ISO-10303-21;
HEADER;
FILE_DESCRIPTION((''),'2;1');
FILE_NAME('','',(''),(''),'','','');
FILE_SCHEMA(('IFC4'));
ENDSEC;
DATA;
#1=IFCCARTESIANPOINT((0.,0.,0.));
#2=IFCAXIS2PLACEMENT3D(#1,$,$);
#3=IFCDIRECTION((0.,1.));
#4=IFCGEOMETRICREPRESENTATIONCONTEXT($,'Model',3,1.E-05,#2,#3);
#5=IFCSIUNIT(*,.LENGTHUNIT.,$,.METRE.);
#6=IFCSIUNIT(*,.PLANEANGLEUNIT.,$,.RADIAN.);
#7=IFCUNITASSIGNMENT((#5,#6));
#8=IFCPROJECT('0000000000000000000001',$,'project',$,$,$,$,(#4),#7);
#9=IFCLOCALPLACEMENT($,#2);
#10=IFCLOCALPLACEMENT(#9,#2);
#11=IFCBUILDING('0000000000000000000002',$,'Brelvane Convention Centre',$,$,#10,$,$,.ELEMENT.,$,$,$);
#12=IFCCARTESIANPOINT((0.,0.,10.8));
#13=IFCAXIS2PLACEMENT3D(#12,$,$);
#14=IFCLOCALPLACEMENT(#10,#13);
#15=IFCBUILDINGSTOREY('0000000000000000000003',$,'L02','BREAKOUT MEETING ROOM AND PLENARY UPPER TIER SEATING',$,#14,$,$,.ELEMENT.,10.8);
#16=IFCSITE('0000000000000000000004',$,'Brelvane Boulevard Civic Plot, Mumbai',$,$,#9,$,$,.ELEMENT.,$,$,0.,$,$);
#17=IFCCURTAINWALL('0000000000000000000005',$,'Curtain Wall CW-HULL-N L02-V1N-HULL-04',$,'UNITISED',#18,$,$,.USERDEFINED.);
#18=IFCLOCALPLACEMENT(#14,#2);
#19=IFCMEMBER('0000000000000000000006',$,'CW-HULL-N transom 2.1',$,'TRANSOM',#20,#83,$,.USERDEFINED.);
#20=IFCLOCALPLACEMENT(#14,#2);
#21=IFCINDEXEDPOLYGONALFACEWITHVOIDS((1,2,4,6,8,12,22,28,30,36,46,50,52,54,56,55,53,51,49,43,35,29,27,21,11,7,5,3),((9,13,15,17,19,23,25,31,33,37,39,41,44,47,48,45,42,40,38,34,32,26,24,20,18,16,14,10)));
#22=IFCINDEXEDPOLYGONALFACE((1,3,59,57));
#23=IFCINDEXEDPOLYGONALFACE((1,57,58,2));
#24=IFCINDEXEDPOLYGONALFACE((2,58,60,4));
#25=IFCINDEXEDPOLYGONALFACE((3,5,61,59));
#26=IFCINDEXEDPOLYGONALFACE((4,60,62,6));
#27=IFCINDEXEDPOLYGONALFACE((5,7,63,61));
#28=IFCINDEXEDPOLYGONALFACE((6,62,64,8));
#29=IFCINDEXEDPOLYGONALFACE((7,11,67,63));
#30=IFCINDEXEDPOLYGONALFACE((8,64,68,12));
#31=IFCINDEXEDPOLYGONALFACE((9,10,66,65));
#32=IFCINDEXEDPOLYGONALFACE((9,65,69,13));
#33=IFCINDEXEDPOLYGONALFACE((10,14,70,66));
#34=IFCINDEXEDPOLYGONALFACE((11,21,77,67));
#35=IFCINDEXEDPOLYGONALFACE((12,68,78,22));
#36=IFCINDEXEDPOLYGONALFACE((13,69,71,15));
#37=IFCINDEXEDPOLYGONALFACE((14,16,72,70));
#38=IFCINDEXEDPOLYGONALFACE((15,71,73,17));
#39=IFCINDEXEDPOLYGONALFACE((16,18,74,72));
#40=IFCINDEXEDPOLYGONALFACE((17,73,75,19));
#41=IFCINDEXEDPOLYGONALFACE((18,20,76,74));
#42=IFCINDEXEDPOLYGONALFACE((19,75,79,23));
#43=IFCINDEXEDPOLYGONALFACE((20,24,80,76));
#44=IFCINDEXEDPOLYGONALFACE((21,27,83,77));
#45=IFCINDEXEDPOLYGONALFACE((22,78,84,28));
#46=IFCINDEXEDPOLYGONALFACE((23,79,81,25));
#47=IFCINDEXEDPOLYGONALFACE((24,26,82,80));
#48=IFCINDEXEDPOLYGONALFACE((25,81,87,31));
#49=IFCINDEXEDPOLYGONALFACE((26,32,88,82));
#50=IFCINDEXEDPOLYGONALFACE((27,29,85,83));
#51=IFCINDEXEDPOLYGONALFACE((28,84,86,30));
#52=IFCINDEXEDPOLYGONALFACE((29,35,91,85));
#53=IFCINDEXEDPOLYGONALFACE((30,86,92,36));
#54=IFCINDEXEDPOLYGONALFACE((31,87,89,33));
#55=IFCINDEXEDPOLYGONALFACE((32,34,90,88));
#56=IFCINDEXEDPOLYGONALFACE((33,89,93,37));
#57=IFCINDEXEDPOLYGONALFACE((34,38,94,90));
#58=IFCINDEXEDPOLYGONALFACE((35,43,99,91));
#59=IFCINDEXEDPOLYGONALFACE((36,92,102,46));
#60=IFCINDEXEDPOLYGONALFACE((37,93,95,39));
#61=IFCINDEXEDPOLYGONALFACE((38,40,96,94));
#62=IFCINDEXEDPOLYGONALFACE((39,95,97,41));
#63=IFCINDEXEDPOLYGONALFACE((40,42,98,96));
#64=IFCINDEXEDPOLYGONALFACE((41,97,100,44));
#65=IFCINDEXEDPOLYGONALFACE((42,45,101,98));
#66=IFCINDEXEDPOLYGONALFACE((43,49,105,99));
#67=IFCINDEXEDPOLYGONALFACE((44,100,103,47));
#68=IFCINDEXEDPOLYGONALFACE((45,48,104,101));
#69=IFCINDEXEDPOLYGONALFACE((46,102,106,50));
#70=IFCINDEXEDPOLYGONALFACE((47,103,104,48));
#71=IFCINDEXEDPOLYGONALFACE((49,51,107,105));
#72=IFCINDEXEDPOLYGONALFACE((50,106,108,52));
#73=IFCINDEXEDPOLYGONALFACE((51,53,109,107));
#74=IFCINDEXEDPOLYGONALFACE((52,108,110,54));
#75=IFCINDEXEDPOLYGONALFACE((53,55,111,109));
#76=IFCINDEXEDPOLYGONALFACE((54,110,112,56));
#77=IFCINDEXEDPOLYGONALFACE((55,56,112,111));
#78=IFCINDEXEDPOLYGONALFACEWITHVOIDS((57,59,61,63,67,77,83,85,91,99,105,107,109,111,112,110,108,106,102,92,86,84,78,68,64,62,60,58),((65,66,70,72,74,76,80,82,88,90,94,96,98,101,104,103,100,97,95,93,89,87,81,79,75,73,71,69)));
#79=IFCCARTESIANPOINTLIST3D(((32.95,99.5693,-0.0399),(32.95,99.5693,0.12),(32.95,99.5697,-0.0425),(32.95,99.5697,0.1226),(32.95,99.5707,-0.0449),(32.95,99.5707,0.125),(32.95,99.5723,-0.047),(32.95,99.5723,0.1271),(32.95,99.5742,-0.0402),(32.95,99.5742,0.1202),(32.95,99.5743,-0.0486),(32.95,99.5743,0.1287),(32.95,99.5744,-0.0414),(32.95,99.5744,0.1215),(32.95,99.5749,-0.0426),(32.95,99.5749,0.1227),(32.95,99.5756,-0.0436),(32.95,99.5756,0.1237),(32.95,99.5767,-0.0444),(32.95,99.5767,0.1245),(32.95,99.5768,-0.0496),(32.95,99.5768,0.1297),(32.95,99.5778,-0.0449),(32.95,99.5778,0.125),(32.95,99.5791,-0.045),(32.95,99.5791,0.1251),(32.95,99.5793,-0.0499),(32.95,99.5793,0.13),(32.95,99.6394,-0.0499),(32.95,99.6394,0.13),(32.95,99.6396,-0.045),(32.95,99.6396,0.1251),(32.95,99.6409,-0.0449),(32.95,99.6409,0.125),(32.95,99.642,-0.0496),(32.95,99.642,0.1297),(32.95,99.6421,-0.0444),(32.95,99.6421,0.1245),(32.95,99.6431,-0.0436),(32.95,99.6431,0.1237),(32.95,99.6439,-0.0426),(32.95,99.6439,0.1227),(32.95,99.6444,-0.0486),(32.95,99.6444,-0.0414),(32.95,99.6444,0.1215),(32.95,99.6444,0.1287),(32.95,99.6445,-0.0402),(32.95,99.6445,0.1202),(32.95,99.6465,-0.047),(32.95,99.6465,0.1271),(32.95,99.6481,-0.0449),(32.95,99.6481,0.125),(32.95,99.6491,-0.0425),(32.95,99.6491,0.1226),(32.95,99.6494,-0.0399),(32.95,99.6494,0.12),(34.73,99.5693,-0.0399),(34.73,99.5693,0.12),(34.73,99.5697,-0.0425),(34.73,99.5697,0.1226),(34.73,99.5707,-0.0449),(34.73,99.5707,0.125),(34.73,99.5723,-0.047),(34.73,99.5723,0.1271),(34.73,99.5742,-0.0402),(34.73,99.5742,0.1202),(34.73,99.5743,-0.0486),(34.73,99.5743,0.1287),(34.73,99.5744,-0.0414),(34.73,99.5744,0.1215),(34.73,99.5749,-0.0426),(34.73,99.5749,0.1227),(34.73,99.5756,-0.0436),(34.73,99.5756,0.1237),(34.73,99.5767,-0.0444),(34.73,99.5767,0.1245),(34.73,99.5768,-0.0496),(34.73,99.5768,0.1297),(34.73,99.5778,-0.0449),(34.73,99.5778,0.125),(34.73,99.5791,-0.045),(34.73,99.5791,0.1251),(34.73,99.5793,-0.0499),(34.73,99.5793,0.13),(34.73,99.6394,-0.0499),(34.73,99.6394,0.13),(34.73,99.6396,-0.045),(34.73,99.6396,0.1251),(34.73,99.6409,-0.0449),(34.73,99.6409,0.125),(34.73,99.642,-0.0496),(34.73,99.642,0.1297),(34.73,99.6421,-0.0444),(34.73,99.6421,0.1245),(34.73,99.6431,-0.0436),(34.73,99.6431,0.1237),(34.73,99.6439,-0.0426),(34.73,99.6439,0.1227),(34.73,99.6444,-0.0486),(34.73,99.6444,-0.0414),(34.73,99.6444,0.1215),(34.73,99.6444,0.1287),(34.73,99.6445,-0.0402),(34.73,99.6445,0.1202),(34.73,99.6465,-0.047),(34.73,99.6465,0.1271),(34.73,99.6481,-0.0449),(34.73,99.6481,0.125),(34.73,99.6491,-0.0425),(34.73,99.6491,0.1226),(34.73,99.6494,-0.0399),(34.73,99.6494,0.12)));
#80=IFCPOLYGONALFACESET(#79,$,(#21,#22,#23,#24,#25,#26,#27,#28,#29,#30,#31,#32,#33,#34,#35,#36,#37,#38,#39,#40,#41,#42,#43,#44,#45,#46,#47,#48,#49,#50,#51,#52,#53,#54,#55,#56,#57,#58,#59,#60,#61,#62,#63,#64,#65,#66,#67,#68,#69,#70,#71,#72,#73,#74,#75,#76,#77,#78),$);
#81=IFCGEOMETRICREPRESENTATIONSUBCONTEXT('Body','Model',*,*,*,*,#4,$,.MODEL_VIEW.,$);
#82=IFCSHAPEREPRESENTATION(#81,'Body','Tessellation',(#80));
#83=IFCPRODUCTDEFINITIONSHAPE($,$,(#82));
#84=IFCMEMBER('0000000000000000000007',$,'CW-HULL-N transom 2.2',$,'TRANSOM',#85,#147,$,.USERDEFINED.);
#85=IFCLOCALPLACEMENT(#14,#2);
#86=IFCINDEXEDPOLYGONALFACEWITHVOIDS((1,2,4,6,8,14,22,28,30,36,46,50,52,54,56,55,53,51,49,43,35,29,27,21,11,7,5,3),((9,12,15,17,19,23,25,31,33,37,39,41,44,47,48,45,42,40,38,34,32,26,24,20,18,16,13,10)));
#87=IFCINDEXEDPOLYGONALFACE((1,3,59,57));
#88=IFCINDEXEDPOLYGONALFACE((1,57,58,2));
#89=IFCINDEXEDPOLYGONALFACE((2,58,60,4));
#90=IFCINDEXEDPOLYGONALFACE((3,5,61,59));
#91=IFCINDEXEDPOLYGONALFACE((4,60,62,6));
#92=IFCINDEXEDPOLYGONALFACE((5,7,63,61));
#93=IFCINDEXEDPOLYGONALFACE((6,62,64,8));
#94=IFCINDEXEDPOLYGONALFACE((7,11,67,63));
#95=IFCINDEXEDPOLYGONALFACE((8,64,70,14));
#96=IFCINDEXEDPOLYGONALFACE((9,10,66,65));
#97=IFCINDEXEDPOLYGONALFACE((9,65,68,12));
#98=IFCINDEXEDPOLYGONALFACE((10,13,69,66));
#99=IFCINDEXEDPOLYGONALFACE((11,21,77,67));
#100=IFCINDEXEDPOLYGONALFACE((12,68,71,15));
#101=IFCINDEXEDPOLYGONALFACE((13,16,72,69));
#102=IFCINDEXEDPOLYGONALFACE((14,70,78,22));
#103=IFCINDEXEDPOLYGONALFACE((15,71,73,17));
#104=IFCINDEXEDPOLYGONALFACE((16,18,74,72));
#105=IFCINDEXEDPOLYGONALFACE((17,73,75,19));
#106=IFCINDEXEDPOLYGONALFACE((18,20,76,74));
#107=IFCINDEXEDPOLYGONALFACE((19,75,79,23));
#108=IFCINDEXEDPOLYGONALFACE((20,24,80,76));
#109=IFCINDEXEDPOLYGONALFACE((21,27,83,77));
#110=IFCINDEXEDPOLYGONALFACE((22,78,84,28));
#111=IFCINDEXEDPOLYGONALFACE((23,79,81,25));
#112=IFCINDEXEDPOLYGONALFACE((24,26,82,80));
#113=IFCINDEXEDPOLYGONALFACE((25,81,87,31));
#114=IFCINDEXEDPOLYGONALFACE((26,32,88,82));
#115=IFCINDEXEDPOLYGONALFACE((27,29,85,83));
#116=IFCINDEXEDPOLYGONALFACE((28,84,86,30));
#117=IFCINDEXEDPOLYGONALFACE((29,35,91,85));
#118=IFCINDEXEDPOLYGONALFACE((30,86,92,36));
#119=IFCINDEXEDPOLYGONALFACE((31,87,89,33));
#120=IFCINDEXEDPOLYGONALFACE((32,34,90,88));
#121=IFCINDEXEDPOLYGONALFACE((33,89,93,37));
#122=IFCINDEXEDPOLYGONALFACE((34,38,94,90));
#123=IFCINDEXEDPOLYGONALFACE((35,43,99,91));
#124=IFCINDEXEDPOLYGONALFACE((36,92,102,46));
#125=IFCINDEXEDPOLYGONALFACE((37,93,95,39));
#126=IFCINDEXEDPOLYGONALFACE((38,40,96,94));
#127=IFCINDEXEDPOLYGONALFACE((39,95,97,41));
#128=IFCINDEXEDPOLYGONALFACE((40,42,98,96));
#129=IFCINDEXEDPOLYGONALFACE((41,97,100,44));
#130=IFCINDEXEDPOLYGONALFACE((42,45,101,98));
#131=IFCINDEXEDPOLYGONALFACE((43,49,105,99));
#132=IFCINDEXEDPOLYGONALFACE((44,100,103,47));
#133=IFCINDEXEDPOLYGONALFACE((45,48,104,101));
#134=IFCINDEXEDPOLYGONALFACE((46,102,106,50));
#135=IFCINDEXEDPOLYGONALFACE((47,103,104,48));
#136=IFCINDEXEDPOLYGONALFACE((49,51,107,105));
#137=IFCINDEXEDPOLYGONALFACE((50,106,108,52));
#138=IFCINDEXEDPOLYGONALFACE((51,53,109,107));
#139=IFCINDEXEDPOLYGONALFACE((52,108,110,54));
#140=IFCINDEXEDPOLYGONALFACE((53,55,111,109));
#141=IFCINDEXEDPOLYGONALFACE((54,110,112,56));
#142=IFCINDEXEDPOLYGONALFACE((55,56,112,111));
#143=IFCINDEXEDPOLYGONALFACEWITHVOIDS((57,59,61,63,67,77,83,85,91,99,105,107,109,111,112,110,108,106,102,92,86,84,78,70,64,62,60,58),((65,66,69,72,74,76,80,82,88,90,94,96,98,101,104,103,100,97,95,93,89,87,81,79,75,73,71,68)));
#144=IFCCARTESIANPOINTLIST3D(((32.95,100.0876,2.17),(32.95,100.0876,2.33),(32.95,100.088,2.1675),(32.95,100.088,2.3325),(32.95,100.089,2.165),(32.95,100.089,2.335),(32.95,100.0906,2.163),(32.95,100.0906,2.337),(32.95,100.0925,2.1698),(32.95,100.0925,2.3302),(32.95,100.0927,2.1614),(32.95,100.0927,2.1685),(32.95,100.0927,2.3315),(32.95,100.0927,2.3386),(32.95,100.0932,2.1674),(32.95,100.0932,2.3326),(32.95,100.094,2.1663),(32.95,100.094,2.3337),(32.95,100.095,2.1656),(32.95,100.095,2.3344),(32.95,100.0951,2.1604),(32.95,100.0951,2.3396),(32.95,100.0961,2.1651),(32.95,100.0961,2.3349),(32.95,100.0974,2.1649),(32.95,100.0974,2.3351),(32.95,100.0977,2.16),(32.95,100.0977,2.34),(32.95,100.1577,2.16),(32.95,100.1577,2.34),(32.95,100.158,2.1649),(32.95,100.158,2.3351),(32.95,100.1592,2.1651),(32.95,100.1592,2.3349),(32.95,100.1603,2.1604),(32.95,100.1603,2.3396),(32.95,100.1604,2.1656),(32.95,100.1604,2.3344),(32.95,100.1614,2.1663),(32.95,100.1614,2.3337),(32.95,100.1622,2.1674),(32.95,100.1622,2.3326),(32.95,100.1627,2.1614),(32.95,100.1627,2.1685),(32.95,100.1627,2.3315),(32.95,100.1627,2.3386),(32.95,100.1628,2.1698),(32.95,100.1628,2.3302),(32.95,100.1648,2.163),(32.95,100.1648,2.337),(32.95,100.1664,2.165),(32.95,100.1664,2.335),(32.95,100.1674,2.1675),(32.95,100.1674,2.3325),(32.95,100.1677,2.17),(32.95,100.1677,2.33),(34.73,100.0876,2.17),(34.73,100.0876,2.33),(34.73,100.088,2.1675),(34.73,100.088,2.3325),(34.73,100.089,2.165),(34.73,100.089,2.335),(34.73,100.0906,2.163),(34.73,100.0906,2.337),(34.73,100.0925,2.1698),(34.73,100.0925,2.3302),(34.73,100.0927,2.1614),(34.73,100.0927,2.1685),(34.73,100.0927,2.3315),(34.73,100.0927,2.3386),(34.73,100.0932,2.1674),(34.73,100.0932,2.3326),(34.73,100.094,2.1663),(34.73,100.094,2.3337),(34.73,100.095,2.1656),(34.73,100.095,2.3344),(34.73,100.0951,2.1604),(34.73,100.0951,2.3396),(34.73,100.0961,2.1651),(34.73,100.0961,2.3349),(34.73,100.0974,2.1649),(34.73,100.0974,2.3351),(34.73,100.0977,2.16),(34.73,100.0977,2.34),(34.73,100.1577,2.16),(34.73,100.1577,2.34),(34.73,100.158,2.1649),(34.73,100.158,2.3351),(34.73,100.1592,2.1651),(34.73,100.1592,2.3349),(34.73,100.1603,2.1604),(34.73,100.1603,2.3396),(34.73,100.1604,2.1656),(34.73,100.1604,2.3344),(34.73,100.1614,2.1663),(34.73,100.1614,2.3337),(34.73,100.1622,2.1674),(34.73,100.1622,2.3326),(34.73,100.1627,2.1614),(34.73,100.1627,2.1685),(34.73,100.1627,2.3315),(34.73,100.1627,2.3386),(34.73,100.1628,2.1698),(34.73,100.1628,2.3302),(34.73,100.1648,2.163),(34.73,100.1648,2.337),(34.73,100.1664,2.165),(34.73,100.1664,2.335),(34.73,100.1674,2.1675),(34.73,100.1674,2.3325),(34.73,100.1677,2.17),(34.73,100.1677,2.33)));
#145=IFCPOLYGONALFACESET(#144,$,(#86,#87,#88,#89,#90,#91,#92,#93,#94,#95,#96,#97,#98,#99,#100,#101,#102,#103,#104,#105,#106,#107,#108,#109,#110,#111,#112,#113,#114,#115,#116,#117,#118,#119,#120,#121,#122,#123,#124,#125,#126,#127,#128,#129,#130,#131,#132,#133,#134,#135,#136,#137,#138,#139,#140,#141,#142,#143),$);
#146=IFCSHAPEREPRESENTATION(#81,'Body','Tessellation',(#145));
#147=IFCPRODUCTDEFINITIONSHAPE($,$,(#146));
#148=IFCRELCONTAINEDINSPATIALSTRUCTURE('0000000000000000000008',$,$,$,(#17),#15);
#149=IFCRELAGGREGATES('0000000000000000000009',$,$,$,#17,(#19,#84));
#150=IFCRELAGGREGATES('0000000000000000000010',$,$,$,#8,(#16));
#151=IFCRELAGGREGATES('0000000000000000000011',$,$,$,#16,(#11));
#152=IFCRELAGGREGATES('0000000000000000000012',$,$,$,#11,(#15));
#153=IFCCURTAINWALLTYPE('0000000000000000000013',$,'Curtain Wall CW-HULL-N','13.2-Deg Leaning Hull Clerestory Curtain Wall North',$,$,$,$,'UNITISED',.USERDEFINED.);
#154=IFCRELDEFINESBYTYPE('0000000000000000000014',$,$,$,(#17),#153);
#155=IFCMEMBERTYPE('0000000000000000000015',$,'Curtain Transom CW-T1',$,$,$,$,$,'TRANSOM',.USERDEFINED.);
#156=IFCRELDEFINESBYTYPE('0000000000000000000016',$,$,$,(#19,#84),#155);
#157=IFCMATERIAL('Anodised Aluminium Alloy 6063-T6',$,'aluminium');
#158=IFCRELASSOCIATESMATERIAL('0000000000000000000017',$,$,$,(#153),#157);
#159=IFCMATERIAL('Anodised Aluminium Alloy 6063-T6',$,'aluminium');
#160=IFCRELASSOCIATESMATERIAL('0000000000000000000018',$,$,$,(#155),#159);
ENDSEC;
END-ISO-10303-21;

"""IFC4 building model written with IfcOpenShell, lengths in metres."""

from ifc_helpers import new_model, si_unit, direction, frame, origin, origin_2d, place, context, subcontext, project, spatial, hollow_rectangle, extrude, material, material_profile, profile_set, type_object, element, aggregate, save


model = new_model("IFC4")

# Units and contexts
model_context = context("Model", 3, precision=1e-05, world=origin(), true_north=direction((0.0, 1.0)))
body_context = subcontext(model_context, "Body", "Model", "MODEL_VIEW")
ifc_project = project(units=[si_unit("LENGTHUNIT", "METRE"), si_unit("PLANEANGLEUNIT", "RADIAN")], contexts=[model_context])

# Site, building, storey
site_placement = place(None, origin())
site = spatial("IfcSite", under=ifc_project, at=site_placement, Name="Brelvane Boulevard Civic Plot, Mumbai", CompositionType="ELEMENT", RefElevation=0.0)
building_placement = place(site_placement, origin())
building = spatial("IfcBuilding", under=site, at=building_placement, Name="Brelvane Convention Centre", CompositionType="ELEMENT")
storey_placement = place(building_placement, frame((0.0, 0.0, 10.8)))
storey = spatial("IfcBuildingStorey", under=building, at=storey_placement, Name="L02", Description="BREAKOUT MEETING ROOM AND PLENARY UPPER TIER SEATING", CompositionType="ELEMENT", Elevation=10.8)

# Curtain wall, members
ifc_material_1 = material(Name="Anodised Aluminium Alloy 6063-T6", Category="aluminium")
curtain_wall_type = type_object("IfcCurtainWallType", Name="Curtain Wall CW-HULL-N", Description="13.2-Deg Leaning Hull Clerestory Curtain Wall North", ElementType="UNITISED", PredefinedType="USERDEFINED", material=ifc_material_1)
curtain_wall_placement = place(storey_placement, origin())
curtain_wall = element("IfcCurtainWall", 1, at=curtain_wall_placement, inside=storey, type_object=curtain_wall_type, Name="Curtain Wall CW-HULL-N L02-V1N-HULL-04", ObjectType="UNITISED", PredefinedType="USERDEFINED")
ifc_material_2 = material(Name="Anodised Aluminium Alloy 6063-T6", Category="aluminium")
ifc_material_profile_1 = material_profile(ifc_material_2, hollow_rectangle(XDim=0.0801, YDim=0.1799, WallThickness=0.0049, InnerFilletRadius=0.0049, OuterFilletRadius=0.01, at=origin_2d()), Name="ALU-T 180x80x5.0")
ifc_profile_set_1 = profile_set([ifc_material_profile_1], Name="Anodised Aluminium Alloy 6063-T6")
member_type_1 = type_object("IfcMemberType", Name="Curtain Transom CW-T1", ElementType="TRANSOM", PredefinedType="USERDEFINED", material=ifc_profile_set_1)
member_1_placement = place(storey_placement, frame((32.95, 99.6094, 0.04), z_axis=(1.0, 0.0, 0.0), x_axis=(0.0, 1.0, 0.0)))
member_1 = element("IfcMember", 2, at=member_1_placement, type_object=member_type_1, Name="CW-HULL-N transom 2.1", ObjectType="TRANSOM", PredefinedType="USERDEFINED", context=body_context, shape_type="SweptSolid", body=[
    extrude(hollow_rectangle(XDim=0.0801, YDim=0.1799, WallThickness=0.0049, InnerFilletRadius=0.0049, OuterFilletRadius=0.01, at=origin_2d()), origin(), (0.0, 0.0, 1.0), 1.78),
])
member_2_placement = place(storey_placement, frame((32.95, 100.1277, 2.25), z_axis=(1.0, 0.0, 0.0), x_axis=(0.0, 1.0, 0.0)))
member_2 = element("IfcMember", 3, at=member_2_placement, type_object=member_type_1, Name="CW-HULL-N transom 2.2", ObjectType="TRANSOM", PredefinedType="USERDEFINED", context=body_context, shape_type="SweptSolid", body=[
    extrude(hollow_rectangle(XDim=0.0801, YDim=0.1799, WallThickness=0.0049, InnerFilletRadius=0.0049, OuterFilletRadius=0.01, at=origin_2d()), origin(), (0.0, 0.0, 1.0), 1.78),
])

aggregate(curtain_wall, [member_1, member_2])

save(model, "model.ifc")
